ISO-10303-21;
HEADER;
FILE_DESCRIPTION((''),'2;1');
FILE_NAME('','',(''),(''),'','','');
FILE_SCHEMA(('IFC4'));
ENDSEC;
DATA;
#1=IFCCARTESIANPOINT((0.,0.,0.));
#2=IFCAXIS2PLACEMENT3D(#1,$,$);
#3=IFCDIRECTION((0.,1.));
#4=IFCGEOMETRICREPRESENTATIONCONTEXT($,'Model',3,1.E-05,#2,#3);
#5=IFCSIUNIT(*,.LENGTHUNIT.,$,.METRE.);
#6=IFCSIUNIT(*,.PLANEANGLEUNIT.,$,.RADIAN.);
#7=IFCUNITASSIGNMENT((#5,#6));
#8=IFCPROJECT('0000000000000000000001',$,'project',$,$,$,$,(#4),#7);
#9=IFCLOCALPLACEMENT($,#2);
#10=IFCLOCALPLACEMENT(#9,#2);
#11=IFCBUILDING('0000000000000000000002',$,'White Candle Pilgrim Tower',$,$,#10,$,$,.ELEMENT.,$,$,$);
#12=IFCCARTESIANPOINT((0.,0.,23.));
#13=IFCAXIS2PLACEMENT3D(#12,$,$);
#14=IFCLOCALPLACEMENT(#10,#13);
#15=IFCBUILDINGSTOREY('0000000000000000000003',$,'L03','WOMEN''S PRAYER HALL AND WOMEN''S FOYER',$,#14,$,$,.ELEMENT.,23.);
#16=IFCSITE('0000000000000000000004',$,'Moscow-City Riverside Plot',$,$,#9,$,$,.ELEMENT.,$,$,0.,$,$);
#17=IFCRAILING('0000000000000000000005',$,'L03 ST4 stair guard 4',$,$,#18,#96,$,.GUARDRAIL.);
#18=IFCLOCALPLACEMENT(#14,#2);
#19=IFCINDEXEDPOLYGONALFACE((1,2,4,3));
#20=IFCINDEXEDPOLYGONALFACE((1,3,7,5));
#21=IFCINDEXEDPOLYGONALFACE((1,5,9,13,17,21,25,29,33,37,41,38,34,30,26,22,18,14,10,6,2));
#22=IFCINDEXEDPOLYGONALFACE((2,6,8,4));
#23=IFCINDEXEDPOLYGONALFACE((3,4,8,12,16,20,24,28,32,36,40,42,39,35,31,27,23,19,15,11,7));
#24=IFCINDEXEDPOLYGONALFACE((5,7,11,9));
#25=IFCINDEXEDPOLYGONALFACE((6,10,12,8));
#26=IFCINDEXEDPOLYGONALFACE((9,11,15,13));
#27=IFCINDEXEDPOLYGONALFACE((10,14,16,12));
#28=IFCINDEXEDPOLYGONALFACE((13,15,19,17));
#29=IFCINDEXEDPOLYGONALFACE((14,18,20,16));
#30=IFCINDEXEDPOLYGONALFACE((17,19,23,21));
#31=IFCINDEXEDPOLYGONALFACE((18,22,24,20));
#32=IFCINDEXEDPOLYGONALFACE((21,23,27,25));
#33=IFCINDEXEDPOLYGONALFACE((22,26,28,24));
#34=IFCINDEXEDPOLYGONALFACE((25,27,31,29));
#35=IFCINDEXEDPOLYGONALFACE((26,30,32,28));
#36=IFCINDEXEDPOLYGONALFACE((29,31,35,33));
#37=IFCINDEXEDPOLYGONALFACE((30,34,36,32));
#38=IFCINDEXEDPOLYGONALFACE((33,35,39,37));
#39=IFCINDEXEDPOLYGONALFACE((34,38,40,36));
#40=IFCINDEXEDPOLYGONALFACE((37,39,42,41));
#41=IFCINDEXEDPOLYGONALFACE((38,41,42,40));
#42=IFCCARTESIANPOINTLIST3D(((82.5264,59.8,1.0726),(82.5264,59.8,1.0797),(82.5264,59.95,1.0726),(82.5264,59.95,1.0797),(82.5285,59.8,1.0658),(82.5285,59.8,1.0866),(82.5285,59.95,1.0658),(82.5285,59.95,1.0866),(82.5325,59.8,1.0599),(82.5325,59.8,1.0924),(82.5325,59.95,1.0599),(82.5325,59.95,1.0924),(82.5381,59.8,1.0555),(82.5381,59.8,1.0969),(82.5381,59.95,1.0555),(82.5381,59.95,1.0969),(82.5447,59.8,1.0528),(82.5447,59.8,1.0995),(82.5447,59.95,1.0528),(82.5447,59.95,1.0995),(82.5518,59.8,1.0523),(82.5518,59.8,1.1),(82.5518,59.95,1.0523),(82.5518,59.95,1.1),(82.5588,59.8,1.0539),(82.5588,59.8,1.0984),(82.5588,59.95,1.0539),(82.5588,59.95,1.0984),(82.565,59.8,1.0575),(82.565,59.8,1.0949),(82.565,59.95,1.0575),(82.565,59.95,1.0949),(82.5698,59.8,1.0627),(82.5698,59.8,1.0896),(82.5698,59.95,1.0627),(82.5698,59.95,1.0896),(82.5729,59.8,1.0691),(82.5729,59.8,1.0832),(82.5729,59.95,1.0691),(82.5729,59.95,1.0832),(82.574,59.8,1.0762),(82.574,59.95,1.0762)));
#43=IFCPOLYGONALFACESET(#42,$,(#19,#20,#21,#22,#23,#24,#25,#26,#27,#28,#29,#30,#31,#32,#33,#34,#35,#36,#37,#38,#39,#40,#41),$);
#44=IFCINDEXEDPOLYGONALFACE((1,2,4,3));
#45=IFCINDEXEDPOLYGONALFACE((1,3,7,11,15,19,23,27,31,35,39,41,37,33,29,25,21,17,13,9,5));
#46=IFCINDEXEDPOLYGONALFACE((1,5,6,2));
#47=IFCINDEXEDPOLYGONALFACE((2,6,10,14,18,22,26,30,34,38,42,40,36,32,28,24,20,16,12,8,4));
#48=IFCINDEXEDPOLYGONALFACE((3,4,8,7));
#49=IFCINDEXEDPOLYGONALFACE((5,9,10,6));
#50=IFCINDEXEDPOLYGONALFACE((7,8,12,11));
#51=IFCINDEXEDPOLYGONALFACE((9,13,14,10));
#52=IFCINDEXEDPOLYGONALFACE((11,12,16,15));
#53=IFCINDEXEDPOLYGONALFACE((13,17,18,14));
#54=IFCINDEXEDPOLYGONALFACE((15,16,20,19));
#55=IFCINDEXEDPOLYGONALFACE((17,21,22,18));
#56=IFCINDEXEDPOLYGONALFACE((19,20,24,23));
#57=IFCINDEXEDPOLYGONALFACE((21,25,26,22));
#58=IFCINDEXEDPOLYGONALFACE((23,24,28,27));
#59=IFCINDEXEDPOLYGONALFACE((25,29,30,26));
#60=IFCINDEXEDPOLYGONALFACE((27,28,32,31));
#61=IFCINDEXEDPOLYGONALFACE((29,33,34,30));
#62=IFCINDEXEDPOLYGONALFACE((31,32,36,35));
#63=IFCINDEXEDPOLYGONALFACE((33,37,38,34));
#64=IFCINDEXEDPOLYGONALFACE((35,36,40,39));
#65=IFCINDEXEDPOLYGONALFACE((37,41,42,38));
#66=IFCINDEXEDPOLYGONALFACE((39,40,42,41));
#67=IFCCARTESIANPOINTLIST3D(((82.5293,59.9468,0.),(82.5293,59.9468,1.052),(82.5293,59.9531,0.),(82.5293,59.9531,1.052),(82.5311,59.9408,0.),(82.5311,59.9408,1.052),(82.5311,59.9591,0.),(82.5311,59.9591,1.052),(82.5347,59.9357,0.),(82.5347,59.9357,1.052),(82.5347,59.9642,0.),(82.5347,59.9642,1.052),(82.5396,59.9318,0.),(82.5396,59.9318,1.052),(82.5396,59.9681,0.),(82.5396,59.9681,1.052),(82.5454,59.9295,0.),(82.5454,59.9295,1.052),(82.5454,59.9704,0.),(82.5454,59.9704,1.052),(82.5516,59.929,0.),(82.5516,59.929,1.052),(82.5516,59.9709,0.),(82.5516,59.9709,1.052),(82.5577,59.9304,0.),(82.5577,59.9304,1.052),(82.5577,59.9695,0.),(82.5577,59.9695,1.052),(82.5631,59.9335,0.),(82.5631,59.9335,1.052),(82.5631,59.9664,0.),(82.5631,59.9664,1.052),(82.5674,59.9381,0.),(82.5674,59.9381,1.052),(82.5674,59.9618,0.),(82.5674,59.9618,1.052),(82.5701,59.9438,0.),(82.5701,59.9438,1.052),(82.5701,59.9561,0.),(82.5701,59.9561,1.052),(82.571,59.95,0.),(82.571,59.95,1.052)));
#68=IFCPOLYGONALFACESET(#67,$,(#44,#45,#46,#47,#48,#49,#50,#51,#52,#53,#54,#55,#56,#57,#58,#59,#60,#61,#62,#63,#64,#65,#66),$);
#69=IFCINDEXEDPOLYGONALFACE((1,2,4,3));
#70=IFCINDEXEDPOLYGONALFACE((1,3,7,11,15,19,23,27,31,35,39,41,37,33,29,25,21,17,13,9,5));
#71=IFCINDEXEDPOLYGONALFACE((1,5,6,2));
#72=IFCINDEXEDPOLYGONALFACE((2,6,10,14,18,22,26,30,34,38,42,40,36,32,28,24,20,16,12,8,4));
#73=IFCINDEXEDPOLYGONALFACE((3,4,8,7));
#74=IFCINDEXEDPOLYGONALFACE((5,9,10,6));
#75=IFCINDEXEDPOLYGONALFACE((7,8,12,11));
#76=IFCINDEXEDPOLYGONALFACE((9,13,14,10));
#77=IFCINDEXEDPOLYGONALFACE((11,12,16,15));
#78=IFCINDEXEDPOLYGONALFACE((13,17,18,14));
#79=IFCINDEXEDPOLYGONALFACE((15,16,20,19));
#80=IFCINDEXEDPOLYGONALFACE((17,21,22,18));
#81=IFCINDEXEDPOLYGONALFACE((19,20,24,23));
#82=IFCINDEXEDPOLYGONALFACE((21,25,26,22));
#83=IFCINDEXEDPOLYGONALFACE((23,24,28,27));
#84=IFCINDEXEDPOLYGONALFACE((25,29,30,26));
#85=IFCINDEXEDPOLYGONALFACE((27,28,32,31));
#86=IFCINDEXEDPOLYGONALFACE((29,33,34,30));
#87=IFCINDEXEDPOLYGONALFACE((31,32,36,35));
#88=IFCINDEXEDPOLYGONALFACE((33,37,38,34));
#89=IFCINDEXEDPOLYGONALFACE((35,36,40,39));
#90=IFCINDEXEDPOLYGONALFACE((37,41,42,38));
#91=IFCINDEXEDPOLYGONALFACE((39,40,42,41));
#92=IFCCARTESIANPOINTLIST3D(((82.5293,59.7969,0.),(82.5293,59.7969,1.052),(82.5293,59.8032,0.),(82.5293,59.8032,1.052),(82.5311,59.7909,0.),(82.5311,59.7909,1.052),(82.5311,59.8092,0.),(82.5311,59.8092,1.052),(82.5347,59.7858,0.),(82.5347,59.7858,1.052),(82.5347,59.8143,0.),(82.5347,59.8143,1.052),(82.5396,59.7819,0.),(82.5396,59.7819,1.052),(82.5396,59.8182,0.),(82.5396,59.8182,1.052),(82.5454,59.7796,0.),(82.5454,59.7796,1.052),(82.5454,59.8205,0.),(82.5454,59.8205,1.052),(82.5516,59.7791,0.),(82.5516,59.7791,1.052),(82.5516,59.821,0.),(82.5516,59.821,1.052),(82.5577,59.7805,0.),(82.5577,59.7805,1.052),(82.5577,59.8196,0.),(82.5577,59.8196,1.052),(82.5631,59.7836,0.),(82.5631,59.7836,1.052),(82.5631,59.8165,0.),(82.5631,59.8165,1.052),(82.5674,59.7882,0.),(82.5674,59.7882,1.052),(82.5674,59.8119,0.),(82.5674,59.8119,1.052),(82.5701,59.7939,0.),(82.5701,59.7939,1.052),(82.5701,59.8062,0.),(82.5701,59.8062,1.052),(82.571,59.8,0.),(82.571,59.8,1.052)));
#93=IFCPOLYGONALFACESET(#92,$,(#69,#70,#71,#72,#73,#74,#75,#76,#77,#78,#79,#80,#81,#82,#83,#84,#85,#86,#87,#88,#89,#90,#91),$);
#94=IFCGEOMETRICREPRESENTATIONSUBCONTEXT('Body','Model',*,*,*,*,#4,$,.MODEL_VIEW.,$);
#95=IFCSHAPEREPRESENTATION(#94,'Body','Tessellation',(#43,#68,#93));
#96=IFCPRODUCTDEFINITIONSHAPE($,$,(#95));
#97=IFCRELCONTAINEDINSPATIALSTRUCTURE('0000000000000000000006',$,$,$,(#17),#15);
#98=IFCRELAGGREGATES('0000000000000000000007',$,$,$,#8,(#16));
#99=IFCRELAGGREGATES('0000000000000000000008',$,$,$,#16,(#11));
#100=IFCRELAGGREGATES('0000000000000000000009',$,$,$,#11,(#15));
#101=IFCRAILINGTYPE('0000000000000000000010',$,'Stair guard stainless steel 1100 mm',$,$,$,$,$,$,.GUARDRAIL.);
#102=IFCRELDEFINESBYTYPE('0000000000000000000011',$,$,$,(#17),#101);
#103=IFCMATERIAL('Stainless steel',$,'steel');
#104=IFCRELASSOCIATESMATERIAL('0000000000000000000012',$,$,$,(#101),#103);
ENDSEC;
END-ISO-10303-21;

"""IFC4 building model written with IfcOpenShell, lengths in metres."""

from ifc_helpers import new_model, si_unit, direction, frame, origin, origin_2d, place, context, subcontext, project, spatial, circle, extrude, material, type_object, element, save


model = new_model("IFC4")

# Units and contexts
model_context = context("Model", 3, precision=1e-05, world=origin(), true_north=direction((0.0, 1.0)))
body_context = subcontext(model_context, "Body", "Model", "MODEL_VIEW")
ifc_project = project(units=[si_unit("LENGTHUNIT", "METRE"), si_unit("PLANEANGLEUNIT", "RADIAN")], contexts=[model_context])

# Site, building, storey
site_placement = place(None, origin())
site = spatial("IfcSite", under=ifc_project, at=site_placement, Name="Moscow-City Riverside Plot", CompositionType="ELEMENT", RefElevation=0.0)
building_placement = place(site_placement, origin())
building = spatial("IfcBuilding", under=site, at=building_placement, Name="White Candle Pilgrim Tower", CompositionType="ELEMENT")
storey_placement = place(building_placement, frame((0.0, 0.0, 23.0)))
storey = spatial("IfcBuildingStorey", under=building, at=storey_placement, Name="L03", Description="WOMEN'S PRAYER HALL AND WOMEN'S FOYER", CompositionType="ELEMENT", Elevation=23.0)

# Railing
ifc_material_1 = material(Name="Stainless steel", Category="steel")
railing_type_1 = type_object("IfcRailingType", Name="Stair guard stainless steel 1100 mm", PredefinedType="GUARDRAIL", material=ifc_material_1)
railing_1_placement = place(storey_placement, frame((82.55, 59.95, 0.0)))
element("IfcRailing", 1, at=railing_1_placement, inside=storey, type_object=railing_type_1, Name="L03 ST4 stair guard 4", PredefinedType="GUARDRAIL", context=body_context, shape_type="SweptSolid", body=[
    extrude(circle(Radius=0.0239, at=origin_2d()), frame((0.0, 0.0, 1.0762), z_axis=(0.0, -1.0, 0.0), x_axis=(1.0, 0.0, 0.0)), (0.0, 0.0, 1.0), 0.1499),
    extrude(circle(Radius=0.021, at=origin_2d()), origin(), (0.0, 0.0, 1.0), 1.052),
    extrude(circle(Radius=0.021, at=origin_2d()), frame((0.0, -0.1499, 0.0)), (0.0, 0.0, 1.0), 1.052),
])

save(model, "model.ifc")
